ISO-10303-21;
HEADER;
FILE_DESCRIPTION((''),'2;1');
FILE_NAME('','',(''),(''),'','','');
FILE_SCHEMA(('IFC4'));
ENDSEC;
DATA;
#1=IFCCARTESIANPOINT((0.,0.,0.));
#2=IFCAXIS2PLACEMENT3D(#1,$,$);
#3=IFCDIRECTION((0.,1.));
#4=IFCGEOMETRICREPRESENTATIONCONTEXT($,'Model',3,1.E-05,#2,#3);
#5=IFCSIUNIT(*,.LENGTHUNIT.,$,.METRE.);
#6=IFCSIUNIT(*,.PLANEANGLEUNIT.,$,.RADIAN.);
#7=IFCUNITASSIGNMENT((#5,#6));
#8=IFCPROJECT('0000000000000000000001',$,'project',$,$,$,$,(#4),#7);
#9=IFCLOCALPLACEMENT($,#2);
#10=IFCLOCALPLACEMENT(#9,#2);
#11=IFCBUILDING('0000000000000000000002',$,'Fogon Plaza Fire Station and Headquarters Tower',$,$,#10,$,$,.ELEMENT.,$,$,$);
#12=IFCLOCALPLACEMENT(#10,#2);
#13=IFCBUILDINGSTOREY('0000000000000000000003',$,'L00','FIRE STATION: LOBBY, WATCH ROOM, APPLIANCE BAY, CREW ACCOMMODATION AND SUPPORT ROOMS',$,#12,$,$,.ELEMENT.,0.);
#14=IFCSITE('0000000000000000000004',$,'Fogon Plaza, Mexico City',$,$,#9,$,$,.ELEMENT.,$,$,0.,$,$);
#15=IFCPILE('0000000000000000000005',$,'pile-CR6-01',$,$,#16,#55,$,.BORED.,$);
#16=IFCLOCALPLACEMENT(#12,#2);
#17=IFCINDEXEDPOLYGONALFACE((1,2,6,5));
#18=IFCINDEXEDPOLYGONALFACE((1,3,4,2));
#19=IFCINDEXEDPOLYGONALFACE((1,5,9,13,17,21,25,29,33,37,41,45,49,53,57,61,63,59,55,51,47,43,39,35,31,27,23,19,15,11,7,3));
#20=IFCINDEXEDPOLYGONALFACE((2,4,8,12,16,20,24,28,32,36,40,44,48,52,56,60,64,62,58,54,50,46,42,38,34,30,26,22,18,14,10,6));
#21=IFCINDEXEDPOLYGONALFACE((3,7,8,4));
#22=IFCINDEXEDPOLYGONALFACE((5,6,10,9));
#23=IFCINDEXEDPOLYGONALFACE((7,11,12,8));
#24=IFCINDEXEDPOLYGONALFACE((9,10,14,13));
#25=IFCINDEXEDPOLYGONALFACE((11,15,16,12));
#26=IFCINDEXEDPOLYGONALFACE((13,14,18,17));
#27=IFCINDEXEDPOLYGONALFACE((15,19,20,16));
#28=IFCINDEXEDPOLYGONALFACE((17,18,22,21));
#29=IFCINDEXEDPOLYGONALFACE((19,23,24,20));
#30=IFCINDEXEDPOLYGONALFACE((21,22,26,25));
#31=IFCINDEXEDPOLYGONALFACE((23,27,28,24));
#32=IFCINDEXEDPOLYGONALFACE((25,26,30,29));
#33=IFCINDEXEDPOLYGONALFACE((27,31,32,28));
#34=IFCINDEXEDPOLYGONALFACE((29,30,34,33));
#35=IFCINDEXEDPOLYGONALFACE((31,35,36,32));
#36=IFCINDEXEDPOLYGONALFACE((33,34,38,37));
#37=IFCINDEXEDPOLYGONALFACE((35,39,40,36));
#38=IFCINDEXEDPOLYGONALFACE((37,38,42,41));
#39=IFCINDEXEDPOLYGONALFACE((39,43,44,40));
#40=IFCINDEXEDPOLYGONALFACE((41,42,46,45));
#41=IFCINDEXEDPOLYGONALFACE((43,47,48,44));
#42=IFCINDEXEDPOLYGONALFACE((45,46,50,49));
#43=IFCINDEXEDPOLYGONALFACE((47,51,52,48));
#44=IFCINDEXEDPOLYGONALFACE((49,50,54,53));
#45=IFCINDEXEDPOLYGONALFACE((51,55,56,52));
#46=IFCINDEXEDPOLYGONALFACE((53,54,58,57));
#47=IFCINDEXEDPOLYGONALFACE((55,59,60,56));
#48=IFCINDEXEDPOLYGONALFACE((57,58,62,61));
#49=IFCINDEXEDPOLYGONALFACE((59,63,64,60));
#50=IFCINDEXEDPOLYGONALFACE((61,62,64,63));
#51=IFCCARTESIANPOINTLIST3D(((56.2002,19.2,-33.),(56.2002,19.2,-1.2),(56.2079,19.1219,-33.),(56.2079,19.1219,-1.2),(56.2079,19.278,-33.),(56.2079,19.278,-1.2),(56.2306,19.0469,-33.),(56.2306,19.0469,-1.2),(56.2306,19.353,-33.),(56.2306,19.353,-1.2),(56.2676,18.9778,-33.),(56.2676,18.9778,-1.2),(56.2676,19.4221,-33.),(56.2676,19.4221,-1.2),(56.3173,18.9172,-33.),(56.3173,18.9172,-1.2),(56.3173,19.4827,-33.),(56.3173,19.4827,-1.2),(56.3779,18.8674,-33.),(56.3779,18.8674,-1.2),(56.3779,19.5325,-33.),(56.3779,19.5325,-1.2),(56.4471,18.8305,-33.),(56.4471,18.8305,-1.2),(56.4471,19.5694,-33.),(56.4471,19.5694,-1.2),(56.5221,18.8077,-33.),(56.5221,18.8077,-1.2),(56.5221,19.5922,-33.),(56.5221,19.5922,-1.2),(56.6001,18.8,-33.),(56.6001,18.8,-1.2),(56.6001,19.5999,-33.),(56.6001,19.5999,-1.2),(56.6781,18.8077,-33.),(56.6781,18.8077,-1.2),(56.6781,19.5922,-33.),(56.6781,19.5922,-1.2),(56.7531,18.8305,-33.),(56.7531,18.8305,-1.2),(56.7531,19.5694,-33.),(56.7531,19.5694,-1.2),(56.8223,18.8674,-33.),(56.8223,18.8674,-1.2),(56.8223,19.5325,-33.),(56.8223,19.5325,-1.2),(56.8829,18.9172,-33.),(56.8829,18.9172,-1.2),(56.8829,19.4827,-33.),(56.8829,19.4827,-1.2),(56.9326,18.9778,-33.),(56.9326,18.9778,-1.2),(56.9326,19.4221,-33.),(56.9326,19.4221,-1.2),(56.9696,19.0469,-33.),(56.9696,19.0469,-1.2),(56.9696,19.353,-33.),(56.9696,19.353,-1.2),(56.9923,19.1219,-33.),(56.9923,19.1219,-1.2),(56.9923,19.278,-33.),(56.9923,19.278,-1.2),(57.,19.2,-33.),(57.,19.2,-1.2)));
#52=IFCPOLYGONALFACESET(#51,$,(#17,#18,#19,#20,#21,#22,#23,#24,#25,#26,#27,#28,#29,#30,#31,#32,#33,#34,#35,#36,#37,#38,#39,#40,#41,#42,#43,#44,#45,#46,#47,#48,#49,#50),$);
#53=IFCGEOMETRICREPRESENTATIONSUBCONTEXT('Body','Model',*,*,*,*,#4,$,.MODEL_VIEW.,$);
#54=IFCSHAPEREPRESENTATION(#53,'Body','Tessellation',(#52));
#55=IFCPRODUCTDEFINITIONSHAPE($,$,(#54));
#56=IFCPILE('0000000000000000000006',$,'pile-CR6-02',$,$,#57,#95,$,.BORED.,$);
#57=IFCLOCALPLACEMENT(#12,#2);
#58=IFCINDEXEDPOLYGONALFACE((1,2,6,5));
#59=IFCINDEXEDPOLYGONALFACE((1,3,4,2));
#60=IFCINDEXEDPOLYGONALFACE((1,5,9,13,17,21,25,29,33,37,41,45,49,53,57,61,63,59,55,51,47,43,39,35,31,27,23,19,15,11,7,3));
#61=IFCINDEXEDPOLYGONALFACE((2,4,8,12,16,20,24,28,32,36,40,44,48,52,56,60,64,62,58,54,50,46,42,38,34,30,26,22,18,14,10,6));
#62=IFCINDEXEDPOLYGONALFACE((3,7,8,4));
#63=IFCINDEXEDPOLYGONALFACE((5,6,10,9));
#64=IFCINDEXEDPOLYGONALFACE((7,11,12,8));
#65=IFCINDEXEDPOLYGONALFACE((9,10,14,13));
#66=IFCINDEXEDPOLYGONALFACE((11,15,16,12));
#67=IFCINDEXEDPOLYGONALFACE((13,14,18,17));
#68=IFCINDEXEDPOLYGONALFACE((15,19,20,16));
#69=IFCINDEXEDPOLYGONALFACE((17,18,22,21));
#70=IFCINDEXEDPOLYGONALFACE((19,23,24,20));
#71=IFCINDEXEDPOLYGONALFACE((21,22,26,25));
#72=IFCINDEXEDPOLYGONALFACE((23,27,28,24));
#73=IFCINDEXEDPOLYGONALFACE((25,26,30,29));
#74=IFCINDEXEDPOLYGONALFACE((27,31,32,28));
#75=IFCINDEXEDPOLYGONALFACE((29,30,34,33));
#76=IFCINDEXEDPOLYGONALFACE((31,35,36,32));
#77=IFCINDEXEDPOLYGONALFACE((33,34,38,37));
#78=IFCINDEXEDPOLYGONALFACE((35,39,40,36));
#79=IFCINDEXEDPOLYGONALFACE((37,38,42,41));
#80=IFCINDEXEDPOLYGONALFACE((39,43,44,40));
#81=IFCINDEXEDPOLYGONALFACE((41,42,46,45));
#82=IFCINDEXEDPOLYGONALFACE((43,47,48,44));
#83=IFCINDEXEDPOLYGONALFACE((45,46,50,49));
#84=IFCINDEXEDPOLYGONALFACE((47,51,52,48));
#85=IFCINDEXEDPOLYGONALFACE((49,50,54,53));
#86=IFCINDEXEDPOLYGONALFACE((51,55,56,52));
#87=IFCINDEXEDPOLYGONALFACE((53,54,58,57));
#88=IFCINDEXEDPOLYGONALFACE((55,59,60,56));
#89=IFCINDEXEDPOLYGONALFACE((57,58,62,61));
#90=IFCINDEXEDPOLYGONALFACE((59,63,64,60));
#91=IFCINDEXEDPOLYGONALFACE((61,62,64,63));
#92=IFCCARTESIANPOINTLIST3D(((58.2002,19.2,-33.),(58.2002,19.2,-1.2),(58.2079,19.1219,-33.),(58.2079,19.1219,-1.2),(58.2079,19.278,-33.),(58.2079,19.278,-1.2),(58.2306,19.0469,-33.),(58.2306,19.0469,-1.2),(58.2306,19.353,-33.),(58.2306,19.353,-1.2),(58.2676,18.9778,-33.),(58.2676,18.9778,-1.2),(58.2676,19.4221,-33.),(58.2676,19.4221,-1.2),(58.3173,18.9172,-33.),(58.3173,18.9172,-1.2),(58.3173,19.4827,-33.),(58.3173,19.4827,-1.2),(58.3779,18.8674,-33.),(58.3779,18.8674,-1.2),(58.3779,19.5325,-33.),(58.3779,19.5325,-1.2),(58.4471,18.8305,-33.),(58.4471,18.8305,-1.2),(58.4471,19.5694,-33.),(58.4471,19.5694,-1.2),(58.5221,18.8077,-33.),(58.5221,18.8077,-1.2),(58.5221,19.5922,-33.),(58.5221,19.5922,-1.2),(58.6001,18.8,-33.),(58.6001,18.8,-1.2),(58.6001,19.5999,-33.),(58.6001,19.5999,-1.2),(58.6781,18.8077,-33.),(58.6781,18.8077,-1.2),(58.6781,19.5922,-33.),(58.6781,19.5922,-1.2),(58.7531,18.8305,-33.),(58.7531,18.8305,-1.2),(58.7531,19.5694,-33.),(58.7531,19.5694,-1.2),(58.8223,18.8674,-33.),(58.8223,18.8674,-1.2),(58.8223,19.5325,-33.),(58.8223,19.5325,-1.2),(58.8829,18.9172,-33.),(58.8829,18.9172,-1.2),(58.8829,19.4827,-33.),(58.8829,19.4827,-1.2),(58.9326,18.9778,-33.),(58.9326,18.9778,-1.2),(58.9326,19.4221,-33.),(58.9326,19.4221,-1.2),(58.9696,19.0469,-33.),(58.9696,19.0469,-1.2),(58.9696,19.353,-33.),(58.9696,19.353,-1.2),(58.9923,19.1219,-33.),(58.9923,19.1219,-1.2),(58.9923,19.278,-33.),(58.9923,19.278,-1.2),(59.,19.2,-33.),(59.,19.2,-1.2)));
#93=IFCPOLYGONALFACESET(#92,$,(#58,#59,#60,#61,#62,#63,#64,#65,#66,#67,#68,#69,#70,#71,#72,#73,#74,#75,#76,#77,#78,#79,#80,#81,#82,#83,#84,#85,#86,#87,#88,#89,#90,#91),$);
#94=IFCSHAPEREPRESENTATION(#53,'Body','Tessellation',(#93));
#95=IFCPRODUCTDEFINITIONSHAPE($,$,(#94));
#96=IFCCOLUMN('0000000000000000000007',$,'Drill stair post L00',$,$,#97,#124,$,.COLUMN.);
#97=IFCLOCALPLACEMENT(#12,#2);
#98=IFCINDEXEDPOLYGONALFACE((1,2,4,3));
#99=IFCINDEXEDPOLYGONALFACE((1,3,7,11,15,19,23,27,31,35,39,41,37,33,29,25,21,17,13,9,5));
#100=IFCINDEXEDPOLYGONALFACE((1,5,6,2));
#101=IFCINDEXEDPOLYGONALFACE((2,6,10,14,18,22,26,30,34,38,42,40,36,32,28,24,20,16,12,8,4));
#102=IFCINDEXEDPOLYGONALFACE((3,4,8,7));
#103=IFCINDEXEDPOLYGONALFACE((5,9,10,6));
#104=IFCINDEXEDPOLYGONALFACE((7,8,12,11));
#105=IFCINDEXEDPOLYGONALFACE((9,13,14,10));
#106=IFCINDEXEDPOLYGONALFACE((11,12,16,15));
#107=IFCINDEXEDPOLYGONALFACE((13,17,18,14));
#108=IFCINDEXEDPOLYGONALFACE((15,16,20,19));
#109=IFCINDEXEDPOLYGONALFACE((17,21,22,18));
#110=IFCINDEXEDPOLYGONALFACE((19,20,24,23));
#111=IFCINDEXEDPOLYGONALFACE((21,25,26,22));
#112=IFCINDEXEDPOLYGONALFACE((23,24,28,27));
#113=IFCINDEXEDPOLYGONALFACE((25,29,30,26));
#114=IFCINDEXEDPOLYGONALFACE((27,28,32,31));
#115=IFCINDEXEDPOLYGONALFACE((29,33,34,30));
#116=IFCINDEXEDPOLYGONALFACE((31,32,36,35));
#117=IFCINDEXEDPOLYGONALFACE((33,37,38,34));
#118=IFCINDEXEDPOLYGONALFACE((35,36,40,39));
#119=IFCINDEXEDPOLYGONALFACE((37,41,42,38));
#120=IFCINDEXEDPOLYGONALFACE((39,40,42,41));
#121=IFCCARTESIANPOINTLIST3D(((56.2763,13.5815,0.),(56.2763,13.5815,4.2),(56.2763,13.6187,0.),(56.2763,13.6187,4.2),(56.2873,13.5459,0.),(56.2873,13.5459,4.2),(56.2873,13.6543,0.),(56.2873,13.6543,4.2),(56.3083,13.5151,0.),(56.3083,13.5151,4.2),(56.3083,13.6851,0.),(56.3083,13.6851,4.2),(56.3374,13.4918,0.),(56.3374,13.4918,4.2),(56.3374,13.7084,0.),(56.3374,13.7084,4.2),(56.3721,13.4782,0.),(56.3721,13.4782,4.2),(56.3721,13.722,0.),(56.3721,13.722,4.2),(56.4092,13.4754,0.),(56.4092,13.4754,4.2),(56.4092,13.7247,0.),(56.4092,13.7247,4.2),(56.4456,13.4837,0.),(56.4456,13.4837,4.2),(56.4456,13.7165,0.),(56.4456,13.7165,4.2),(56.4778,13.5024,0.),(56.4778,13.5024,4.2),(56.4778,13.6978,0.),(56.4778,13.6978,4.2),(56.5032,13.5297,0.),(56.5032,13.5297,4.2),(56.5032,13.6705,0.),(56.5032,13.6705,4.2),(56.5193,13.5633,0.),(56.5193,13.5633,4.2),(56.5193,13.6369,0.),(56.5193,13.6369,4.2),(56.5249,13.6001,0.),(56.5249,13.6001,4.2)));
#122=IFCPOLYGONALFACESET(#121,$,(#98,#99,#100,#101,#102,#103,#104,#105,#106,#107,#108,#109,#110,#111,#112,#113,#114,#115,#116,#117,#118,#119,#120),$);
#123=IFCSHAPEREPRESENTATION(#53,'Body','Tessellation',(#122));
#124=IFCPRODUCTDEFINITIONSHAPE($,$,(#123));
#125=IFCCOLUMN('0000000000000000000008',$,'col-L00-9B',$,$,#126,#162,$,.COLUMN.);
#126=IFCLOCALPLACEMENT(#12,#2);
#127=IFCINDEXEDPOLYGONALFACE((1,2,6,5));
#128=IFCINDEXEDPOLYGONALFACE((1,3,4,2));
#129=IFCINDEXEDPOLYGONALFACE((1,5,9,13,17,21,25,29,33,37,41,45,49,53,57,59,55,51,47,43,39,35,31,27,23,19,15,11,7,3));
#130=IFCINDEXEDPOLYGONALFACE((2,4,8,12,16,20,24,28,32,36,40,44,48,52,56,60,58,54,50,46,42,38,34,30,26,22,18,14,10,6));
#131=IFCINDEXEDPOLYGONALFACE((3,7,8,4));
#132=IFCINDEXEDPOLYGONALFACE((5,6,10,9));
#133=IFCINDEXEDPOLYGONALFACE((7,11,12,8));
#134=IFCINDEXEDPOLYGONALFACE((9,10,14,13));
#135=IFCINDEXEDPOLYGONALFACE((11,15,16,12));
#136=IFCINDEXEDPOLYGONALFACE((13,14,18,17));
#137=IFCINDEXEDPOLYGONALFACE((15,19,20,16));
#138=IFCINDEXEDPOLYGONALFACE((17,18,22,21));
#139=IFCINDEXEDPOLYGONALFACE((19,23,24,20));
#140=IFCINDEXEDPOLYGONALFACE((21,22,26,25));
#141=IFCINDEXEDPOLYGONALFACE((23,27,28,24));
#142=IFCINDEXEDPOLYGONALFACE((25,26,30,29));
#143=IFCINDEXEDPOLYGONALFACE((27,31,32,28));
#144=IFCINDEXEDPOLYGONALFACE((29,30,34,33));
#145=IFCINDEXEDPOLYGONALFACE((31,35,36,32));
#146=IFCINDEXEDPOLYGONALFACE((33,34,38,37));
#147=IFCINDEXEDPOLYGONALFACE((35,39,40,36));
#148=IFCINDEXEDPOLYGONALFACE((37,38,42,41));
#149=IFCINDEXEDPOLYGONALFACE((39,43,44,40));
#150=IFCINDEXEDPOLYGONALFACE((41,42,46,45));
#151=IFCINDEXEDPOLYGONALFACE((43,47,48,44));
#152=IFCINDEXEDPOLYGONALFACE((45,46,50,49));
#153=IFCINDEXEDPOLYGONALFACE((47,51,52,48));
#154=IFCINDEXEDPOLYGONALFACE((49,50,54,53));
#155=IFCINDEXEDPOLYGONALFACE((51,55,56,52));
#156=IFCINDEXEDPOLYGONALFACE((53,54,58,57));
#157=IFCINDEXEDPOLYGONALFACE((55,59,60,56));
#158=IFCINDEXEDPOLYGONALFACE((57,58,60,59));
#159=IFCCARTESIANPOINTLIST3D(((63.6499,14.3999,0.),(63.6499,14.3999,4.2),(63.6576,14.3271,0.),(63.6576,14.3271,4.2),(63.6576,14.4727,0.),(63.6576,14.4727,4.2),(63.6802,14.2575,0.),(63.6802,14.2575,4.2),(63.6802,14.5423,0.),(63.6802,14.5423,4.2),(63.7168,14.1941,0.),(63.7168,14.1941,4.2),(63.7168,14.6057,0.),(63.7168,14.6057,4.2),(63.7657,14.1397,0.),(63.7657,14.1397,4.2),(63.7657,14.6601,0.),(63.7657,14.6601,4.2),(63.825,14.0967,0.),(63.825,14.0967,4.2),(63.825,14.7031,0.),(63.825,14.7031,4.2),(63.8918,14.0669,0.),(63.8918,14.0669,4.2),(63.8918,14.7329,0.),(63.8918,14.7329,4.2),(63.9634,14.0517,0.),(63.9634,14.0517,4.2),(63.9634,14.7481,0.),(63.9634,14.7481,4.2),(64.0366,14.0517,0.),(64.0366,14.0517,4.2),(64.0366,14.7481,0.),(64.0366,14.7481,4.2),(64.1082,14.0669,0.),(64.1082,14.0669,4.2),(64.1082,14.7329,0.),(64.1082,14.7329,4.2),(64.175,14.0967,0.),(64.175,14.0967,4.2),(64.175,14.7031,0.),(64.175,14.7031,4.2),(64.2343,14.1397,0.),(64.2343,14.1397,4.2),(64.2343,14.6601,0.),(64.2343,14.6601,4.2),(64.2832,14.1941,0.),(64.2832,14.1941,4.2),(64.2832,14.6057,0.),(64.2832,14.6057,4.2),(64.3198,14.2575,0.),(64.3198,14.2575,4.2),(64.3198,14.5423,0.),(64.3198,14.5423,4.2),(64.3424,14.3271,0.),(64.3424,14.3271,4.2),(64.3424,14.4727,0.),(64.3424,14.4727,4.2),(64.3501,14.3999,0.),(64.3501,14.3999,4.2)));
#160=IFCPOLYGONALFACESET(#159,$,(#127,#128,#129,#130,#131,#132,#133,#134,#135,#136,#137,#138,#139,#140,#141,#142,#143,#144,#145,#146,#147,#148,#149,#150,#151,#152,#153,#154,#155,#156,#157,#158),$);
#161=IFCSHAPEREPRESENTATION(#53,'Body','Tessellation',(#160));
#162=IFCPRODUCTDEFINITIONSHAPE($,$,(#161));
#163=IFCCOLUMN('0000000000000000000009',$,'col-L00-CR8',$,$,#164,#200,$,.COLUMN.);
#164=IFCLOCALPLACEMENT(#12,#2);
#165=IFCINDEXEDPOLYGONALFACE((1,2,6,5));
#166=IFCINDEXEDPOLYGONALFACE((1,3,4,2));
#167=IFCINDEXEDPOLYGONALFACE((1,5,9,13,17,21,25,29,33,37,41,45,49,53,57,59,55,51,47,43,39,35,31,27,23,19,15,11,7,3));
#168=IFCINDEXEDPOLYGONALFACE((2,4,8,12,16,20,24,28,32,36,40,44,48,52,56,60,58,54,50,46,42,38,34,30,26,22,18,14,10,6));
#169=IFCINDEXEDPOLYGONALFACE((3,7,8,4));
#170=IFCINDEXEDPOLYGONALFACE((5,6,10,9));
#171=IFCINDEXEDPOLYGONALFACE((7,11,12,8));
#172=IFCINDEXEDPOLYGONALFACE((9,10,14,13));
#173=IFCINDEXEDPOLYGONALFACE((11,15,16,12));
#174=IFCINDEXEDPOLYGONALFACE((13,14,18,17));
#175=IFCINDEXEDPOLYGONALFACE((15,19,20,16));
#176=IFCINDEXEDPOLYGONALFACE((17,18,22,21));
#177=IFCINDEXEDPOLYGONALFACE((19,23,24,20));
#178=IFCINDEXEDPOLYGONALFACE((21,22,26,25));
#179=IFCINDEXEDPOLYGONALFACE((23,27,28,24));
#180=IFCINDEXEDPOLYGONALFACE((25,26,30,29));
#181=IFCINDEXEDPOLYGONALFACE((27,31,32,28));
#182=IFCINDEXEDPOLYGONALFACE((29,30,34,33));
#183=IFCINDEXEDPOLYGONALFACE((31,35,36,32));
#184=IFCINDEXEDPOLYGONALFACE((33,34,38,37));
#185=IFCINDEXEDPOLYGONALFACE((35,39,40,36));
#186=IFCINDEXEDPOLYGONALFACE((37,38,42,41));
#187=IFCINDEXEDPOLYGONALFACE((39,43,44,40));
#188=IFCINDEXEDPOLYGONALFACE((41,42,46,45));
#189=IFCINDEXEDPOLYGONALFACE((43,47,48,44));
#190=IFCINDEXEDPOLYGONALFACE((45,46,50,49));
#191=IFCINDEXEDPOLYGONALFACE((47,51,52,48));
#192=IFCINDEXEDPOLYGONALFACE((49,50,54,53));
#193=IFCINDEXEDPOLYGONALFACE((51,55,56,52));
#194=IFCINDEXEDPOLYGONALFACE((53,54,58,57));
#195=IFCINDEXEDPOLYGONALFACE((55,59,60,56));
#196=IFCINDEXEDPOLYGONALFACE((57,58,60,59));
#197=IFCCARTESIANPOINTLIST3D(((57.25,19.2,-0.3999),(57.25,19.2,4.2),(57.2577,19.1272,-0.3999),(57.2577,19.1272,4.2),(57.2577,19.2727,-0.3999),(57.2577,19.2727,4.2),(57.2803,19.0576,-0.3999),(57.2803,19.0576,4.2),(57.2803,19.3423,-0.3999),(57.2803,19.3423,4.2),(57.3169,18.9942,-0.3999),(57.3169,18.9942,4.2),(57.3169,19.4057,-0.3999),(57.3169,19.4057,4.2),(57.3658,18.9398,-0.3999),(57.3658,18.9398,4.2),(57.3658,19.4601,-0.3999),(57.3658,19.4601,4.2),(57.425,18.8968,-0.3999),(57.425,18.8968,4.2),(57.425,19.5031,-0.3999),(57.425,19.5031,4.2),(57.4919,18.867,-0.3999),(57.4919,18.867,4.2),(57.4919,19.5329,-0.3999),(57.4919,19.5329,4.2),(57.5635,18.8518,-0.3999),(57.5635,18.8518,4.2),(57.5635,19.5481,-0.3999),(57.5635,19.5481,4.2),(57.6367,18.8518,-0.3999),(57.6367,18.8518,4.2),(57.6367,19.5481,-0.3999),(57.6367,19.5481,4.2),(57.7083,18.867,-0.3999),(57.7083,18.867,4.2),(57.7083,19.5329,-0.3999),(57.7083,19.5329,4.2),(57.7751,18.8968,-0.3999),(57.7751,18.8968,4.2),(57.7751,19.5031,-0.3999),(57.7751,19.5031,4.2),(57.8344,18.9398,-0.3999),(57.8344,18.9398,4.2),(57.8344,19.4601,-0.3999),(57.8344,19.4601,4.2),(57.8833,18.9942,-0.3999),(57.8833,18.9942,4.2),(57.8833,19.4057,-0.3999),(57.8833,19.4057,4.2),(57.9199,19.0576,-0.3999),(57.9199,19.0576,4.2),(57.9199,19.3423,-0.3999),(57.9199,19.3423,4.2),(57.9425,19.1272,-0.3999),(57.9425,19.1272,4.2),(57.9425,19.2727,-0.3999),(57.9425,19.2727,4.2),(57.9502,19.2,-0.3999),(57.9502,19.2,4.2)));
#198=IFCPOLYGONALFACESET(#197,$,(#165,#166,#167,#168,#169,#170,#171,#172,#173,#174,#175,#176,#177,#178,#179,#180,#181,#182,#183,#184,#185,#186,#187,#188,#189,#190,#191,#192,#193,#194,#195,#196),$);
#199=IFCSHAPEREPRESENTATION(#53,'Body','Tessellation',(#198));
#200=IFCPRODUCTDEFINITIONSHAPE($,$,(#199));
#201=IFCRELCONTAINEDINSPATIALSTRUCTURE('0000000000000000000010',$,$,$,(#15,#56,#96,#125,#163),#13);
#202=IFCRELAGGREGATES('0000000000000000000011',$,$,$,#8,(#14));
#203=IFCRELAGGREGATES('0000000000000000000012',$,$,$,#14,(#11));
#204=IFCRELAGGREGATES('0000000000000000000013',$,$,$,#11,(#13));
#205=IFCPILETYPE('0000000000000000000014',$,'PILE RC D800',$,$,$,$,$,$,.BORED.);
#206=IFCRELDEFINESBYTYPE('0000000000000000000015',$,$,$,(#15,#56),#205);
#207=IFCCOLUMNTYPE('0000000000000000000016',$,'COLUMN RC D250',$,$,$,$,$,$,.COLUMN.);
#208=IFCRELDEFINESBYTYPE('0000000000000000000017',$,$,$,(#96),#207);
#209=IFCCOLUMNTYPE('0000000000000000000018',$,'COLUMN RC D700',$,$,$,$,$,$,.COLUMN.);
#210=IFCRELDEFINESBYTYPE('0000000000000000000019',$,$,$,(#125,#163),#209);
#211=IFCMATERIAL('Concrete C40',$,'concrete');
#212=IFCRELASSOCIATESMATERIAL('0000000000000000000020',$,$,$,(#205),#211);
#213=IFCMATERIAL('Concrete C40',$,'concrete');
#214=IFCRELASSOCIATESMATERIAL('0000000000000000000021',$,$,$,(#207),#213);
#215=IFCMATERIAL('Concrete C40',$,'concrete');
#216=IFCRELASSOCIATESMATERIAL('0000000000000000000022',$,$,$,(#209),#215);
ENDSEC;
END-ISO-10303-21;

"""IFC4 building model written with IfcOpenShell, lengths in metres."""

from ifc_helpers import new_model, si_unit, direction, frame, origin, origin_2d, place, context, subcontext, project, spatial, circle, extrude, material, material_profile, profile_set, type_object, element, save


model = new_model("IFC4")

# Units and contexts
model_context = context("Model", 3, precision=1e-05, world=origin(), true_north=direction((0.0, 1.0)))
body_context = subcontext(model_context, "Body", "Model", "MODEL_VIEW")
ifc_project = project(units=[si_unit("LENGTHUNIT", "METRE"), si_unit("PLANEANGLEUNIT", "RADIAN")], contexts=[model_context])

# Site, building, storey
site_placement = place(None, origin())
site = spatial("IfcSite", under=ifc_project, at=site_placement, Name="Fogon Plaza, Mexico City", CompositionType="ELEMENT", RefElevation=0.0)
building_placement = place(site_placement, origin())
building = spatial("IfcBuilding", under=site, at=building_placement, Name="Fogon Plaza Fire Station and Headquarters Tower", CompositionType="ELEMENT")
storey_placement = place(building_placement, origin())
storey = spatial("IfcBuildingStorey", under=building, at=storey_placement, Name="L00", Description="FIRE STATION: LOBBY, WATCH ROOM, APPLIANCE BAY, CREW ACCOMMODATION AND SUPPORT ROOMS", CompositionType="ELEMENT", Elevation=0.0)

# Piles
ifc_material_1 = material(Name="Concrete C40", Category="concrete")
ifc_material_profile_1 = material_profile(ifc_material_1, circle(Radius=0.3999, at=origin_2d()), Name="RC D800")
ifc_profile_set_1 = profile_set([ifc_material_profile_1], Name="Concrete C40")
pile_type_1 = type_object("IfcPileType", Name="PILE RC D800", PredefinedType="BORED", material=ifc_profile_set_1)
for number, where, z_axis, x_axis, name in (
    (1, (56.6001, 19.2, -1.2), (0.0, 0.0, -1.0), (1.0, 0.0, 0.0), "pile-CR6-01"),
    (2, (58.6001, 19.2, -1.2), (0.0, 0.0, -1.0), (1.0, 0.0, 0.0), "pile-CR6-02"),
):
    element("IfcPile", number, at=place(storey_placement, frame(where, z_axis=z_axis, x_axis=x_axis)), inside=storey, type_object=pile_type_1, Name=name, PredefinedType="BORED", context=body_context, shape_type="SweptSolid", body=[
        extrude(circle(Radius=0.3999, at=origin_2d()), origin(), (0.0, 0.0, 1.0), 31.8),
    ])

# Columns
ifc_material_2 = material(Name="Concrete C40", Category="concrete")
ifc_material_profile_2 = material_profile(ifc_material_2, circle(Radius=0.125, at=origin_2d()), Name="RC D250")
ifc_profile_set_2 = profile_set([ifc_material_profile_2], Name="Concrete C40")
column_type_1 = type_object("IfcColumnType", Name="COLUMN RC D250", PredefinedType="COLUMN", material=ifc_profile_set_2)
column_1_placement = place(storey_placement, frame((56.3999, 13.6001, 0.0), z_axis=(0.0, 0.0, 1.0), x_axis=(1.0, 0.0, 0.0)))
element("IfcColumn", 3, at=column_1_placement, inside=storey, type_object=column_type_1, Name="Drill stair post L00", PredefinedType="COLUMN", context=body_context, shape_type="SweptSolid", body=[
    extrude(circle(Radius=0.125, at=origin_2d()), origin(), (0.0, 0.0, 1.0), 4.2),
])
ifc_material_3 = material(Name="Concrete C40", Category="concrete")
ifc_material_profile_3 = material_profile(ifc_material_3, circle(Radius=0.3501, at=origin_2d()), Name="RC D700")
ifc_profile_set_3 = profile_set([ifc_material_profile_3], Name="Concrete C40")
column_type_2 = type_object("IfcColumnType", Name="COLUMN RC D700", PredefinedType="COLUMN", material=ifc_profile_set_3)
column_2_placement = place(storey_placement, frame((64.0, 14.3999, 0.0), z_axis=(0.0, 0.0, 1.0), x_axis=(1.0, 0.0, 0.0)))
element("IfcColumn", 4, at=column_2_placement, inside=storey, type_object=column_type_2, Name="col-L00-9B", PredefinedType="COLUMN", context=body_context, shape_type="SweptSolid", body=[
    extrude(circle(Radius=0.3501, at=origin_2d()), origin(), (0.0, 0.0, 1.0), 4.2),
])
column_3_placement = place(storey_placement, frame((57.6001, 19.2, -0.3999), z_axis=(0.0, 0.0, 1.0), x_axis=(1.0, 0.0, 0.0)))
element("IfcColumn", 5, at=column_3_placement, inside=storey, type_object=column_type_2, Name="col-L00-CR8", PredefinedType="COLUMN", context=body_context, shape_type="SweptSolid", body=[
    extrude(circle(Radius=0.3501, at=origin_2d()), origin(), (0.0, 0.0, 1.0), 4.5999),
])

save(model, "model.ifc")
